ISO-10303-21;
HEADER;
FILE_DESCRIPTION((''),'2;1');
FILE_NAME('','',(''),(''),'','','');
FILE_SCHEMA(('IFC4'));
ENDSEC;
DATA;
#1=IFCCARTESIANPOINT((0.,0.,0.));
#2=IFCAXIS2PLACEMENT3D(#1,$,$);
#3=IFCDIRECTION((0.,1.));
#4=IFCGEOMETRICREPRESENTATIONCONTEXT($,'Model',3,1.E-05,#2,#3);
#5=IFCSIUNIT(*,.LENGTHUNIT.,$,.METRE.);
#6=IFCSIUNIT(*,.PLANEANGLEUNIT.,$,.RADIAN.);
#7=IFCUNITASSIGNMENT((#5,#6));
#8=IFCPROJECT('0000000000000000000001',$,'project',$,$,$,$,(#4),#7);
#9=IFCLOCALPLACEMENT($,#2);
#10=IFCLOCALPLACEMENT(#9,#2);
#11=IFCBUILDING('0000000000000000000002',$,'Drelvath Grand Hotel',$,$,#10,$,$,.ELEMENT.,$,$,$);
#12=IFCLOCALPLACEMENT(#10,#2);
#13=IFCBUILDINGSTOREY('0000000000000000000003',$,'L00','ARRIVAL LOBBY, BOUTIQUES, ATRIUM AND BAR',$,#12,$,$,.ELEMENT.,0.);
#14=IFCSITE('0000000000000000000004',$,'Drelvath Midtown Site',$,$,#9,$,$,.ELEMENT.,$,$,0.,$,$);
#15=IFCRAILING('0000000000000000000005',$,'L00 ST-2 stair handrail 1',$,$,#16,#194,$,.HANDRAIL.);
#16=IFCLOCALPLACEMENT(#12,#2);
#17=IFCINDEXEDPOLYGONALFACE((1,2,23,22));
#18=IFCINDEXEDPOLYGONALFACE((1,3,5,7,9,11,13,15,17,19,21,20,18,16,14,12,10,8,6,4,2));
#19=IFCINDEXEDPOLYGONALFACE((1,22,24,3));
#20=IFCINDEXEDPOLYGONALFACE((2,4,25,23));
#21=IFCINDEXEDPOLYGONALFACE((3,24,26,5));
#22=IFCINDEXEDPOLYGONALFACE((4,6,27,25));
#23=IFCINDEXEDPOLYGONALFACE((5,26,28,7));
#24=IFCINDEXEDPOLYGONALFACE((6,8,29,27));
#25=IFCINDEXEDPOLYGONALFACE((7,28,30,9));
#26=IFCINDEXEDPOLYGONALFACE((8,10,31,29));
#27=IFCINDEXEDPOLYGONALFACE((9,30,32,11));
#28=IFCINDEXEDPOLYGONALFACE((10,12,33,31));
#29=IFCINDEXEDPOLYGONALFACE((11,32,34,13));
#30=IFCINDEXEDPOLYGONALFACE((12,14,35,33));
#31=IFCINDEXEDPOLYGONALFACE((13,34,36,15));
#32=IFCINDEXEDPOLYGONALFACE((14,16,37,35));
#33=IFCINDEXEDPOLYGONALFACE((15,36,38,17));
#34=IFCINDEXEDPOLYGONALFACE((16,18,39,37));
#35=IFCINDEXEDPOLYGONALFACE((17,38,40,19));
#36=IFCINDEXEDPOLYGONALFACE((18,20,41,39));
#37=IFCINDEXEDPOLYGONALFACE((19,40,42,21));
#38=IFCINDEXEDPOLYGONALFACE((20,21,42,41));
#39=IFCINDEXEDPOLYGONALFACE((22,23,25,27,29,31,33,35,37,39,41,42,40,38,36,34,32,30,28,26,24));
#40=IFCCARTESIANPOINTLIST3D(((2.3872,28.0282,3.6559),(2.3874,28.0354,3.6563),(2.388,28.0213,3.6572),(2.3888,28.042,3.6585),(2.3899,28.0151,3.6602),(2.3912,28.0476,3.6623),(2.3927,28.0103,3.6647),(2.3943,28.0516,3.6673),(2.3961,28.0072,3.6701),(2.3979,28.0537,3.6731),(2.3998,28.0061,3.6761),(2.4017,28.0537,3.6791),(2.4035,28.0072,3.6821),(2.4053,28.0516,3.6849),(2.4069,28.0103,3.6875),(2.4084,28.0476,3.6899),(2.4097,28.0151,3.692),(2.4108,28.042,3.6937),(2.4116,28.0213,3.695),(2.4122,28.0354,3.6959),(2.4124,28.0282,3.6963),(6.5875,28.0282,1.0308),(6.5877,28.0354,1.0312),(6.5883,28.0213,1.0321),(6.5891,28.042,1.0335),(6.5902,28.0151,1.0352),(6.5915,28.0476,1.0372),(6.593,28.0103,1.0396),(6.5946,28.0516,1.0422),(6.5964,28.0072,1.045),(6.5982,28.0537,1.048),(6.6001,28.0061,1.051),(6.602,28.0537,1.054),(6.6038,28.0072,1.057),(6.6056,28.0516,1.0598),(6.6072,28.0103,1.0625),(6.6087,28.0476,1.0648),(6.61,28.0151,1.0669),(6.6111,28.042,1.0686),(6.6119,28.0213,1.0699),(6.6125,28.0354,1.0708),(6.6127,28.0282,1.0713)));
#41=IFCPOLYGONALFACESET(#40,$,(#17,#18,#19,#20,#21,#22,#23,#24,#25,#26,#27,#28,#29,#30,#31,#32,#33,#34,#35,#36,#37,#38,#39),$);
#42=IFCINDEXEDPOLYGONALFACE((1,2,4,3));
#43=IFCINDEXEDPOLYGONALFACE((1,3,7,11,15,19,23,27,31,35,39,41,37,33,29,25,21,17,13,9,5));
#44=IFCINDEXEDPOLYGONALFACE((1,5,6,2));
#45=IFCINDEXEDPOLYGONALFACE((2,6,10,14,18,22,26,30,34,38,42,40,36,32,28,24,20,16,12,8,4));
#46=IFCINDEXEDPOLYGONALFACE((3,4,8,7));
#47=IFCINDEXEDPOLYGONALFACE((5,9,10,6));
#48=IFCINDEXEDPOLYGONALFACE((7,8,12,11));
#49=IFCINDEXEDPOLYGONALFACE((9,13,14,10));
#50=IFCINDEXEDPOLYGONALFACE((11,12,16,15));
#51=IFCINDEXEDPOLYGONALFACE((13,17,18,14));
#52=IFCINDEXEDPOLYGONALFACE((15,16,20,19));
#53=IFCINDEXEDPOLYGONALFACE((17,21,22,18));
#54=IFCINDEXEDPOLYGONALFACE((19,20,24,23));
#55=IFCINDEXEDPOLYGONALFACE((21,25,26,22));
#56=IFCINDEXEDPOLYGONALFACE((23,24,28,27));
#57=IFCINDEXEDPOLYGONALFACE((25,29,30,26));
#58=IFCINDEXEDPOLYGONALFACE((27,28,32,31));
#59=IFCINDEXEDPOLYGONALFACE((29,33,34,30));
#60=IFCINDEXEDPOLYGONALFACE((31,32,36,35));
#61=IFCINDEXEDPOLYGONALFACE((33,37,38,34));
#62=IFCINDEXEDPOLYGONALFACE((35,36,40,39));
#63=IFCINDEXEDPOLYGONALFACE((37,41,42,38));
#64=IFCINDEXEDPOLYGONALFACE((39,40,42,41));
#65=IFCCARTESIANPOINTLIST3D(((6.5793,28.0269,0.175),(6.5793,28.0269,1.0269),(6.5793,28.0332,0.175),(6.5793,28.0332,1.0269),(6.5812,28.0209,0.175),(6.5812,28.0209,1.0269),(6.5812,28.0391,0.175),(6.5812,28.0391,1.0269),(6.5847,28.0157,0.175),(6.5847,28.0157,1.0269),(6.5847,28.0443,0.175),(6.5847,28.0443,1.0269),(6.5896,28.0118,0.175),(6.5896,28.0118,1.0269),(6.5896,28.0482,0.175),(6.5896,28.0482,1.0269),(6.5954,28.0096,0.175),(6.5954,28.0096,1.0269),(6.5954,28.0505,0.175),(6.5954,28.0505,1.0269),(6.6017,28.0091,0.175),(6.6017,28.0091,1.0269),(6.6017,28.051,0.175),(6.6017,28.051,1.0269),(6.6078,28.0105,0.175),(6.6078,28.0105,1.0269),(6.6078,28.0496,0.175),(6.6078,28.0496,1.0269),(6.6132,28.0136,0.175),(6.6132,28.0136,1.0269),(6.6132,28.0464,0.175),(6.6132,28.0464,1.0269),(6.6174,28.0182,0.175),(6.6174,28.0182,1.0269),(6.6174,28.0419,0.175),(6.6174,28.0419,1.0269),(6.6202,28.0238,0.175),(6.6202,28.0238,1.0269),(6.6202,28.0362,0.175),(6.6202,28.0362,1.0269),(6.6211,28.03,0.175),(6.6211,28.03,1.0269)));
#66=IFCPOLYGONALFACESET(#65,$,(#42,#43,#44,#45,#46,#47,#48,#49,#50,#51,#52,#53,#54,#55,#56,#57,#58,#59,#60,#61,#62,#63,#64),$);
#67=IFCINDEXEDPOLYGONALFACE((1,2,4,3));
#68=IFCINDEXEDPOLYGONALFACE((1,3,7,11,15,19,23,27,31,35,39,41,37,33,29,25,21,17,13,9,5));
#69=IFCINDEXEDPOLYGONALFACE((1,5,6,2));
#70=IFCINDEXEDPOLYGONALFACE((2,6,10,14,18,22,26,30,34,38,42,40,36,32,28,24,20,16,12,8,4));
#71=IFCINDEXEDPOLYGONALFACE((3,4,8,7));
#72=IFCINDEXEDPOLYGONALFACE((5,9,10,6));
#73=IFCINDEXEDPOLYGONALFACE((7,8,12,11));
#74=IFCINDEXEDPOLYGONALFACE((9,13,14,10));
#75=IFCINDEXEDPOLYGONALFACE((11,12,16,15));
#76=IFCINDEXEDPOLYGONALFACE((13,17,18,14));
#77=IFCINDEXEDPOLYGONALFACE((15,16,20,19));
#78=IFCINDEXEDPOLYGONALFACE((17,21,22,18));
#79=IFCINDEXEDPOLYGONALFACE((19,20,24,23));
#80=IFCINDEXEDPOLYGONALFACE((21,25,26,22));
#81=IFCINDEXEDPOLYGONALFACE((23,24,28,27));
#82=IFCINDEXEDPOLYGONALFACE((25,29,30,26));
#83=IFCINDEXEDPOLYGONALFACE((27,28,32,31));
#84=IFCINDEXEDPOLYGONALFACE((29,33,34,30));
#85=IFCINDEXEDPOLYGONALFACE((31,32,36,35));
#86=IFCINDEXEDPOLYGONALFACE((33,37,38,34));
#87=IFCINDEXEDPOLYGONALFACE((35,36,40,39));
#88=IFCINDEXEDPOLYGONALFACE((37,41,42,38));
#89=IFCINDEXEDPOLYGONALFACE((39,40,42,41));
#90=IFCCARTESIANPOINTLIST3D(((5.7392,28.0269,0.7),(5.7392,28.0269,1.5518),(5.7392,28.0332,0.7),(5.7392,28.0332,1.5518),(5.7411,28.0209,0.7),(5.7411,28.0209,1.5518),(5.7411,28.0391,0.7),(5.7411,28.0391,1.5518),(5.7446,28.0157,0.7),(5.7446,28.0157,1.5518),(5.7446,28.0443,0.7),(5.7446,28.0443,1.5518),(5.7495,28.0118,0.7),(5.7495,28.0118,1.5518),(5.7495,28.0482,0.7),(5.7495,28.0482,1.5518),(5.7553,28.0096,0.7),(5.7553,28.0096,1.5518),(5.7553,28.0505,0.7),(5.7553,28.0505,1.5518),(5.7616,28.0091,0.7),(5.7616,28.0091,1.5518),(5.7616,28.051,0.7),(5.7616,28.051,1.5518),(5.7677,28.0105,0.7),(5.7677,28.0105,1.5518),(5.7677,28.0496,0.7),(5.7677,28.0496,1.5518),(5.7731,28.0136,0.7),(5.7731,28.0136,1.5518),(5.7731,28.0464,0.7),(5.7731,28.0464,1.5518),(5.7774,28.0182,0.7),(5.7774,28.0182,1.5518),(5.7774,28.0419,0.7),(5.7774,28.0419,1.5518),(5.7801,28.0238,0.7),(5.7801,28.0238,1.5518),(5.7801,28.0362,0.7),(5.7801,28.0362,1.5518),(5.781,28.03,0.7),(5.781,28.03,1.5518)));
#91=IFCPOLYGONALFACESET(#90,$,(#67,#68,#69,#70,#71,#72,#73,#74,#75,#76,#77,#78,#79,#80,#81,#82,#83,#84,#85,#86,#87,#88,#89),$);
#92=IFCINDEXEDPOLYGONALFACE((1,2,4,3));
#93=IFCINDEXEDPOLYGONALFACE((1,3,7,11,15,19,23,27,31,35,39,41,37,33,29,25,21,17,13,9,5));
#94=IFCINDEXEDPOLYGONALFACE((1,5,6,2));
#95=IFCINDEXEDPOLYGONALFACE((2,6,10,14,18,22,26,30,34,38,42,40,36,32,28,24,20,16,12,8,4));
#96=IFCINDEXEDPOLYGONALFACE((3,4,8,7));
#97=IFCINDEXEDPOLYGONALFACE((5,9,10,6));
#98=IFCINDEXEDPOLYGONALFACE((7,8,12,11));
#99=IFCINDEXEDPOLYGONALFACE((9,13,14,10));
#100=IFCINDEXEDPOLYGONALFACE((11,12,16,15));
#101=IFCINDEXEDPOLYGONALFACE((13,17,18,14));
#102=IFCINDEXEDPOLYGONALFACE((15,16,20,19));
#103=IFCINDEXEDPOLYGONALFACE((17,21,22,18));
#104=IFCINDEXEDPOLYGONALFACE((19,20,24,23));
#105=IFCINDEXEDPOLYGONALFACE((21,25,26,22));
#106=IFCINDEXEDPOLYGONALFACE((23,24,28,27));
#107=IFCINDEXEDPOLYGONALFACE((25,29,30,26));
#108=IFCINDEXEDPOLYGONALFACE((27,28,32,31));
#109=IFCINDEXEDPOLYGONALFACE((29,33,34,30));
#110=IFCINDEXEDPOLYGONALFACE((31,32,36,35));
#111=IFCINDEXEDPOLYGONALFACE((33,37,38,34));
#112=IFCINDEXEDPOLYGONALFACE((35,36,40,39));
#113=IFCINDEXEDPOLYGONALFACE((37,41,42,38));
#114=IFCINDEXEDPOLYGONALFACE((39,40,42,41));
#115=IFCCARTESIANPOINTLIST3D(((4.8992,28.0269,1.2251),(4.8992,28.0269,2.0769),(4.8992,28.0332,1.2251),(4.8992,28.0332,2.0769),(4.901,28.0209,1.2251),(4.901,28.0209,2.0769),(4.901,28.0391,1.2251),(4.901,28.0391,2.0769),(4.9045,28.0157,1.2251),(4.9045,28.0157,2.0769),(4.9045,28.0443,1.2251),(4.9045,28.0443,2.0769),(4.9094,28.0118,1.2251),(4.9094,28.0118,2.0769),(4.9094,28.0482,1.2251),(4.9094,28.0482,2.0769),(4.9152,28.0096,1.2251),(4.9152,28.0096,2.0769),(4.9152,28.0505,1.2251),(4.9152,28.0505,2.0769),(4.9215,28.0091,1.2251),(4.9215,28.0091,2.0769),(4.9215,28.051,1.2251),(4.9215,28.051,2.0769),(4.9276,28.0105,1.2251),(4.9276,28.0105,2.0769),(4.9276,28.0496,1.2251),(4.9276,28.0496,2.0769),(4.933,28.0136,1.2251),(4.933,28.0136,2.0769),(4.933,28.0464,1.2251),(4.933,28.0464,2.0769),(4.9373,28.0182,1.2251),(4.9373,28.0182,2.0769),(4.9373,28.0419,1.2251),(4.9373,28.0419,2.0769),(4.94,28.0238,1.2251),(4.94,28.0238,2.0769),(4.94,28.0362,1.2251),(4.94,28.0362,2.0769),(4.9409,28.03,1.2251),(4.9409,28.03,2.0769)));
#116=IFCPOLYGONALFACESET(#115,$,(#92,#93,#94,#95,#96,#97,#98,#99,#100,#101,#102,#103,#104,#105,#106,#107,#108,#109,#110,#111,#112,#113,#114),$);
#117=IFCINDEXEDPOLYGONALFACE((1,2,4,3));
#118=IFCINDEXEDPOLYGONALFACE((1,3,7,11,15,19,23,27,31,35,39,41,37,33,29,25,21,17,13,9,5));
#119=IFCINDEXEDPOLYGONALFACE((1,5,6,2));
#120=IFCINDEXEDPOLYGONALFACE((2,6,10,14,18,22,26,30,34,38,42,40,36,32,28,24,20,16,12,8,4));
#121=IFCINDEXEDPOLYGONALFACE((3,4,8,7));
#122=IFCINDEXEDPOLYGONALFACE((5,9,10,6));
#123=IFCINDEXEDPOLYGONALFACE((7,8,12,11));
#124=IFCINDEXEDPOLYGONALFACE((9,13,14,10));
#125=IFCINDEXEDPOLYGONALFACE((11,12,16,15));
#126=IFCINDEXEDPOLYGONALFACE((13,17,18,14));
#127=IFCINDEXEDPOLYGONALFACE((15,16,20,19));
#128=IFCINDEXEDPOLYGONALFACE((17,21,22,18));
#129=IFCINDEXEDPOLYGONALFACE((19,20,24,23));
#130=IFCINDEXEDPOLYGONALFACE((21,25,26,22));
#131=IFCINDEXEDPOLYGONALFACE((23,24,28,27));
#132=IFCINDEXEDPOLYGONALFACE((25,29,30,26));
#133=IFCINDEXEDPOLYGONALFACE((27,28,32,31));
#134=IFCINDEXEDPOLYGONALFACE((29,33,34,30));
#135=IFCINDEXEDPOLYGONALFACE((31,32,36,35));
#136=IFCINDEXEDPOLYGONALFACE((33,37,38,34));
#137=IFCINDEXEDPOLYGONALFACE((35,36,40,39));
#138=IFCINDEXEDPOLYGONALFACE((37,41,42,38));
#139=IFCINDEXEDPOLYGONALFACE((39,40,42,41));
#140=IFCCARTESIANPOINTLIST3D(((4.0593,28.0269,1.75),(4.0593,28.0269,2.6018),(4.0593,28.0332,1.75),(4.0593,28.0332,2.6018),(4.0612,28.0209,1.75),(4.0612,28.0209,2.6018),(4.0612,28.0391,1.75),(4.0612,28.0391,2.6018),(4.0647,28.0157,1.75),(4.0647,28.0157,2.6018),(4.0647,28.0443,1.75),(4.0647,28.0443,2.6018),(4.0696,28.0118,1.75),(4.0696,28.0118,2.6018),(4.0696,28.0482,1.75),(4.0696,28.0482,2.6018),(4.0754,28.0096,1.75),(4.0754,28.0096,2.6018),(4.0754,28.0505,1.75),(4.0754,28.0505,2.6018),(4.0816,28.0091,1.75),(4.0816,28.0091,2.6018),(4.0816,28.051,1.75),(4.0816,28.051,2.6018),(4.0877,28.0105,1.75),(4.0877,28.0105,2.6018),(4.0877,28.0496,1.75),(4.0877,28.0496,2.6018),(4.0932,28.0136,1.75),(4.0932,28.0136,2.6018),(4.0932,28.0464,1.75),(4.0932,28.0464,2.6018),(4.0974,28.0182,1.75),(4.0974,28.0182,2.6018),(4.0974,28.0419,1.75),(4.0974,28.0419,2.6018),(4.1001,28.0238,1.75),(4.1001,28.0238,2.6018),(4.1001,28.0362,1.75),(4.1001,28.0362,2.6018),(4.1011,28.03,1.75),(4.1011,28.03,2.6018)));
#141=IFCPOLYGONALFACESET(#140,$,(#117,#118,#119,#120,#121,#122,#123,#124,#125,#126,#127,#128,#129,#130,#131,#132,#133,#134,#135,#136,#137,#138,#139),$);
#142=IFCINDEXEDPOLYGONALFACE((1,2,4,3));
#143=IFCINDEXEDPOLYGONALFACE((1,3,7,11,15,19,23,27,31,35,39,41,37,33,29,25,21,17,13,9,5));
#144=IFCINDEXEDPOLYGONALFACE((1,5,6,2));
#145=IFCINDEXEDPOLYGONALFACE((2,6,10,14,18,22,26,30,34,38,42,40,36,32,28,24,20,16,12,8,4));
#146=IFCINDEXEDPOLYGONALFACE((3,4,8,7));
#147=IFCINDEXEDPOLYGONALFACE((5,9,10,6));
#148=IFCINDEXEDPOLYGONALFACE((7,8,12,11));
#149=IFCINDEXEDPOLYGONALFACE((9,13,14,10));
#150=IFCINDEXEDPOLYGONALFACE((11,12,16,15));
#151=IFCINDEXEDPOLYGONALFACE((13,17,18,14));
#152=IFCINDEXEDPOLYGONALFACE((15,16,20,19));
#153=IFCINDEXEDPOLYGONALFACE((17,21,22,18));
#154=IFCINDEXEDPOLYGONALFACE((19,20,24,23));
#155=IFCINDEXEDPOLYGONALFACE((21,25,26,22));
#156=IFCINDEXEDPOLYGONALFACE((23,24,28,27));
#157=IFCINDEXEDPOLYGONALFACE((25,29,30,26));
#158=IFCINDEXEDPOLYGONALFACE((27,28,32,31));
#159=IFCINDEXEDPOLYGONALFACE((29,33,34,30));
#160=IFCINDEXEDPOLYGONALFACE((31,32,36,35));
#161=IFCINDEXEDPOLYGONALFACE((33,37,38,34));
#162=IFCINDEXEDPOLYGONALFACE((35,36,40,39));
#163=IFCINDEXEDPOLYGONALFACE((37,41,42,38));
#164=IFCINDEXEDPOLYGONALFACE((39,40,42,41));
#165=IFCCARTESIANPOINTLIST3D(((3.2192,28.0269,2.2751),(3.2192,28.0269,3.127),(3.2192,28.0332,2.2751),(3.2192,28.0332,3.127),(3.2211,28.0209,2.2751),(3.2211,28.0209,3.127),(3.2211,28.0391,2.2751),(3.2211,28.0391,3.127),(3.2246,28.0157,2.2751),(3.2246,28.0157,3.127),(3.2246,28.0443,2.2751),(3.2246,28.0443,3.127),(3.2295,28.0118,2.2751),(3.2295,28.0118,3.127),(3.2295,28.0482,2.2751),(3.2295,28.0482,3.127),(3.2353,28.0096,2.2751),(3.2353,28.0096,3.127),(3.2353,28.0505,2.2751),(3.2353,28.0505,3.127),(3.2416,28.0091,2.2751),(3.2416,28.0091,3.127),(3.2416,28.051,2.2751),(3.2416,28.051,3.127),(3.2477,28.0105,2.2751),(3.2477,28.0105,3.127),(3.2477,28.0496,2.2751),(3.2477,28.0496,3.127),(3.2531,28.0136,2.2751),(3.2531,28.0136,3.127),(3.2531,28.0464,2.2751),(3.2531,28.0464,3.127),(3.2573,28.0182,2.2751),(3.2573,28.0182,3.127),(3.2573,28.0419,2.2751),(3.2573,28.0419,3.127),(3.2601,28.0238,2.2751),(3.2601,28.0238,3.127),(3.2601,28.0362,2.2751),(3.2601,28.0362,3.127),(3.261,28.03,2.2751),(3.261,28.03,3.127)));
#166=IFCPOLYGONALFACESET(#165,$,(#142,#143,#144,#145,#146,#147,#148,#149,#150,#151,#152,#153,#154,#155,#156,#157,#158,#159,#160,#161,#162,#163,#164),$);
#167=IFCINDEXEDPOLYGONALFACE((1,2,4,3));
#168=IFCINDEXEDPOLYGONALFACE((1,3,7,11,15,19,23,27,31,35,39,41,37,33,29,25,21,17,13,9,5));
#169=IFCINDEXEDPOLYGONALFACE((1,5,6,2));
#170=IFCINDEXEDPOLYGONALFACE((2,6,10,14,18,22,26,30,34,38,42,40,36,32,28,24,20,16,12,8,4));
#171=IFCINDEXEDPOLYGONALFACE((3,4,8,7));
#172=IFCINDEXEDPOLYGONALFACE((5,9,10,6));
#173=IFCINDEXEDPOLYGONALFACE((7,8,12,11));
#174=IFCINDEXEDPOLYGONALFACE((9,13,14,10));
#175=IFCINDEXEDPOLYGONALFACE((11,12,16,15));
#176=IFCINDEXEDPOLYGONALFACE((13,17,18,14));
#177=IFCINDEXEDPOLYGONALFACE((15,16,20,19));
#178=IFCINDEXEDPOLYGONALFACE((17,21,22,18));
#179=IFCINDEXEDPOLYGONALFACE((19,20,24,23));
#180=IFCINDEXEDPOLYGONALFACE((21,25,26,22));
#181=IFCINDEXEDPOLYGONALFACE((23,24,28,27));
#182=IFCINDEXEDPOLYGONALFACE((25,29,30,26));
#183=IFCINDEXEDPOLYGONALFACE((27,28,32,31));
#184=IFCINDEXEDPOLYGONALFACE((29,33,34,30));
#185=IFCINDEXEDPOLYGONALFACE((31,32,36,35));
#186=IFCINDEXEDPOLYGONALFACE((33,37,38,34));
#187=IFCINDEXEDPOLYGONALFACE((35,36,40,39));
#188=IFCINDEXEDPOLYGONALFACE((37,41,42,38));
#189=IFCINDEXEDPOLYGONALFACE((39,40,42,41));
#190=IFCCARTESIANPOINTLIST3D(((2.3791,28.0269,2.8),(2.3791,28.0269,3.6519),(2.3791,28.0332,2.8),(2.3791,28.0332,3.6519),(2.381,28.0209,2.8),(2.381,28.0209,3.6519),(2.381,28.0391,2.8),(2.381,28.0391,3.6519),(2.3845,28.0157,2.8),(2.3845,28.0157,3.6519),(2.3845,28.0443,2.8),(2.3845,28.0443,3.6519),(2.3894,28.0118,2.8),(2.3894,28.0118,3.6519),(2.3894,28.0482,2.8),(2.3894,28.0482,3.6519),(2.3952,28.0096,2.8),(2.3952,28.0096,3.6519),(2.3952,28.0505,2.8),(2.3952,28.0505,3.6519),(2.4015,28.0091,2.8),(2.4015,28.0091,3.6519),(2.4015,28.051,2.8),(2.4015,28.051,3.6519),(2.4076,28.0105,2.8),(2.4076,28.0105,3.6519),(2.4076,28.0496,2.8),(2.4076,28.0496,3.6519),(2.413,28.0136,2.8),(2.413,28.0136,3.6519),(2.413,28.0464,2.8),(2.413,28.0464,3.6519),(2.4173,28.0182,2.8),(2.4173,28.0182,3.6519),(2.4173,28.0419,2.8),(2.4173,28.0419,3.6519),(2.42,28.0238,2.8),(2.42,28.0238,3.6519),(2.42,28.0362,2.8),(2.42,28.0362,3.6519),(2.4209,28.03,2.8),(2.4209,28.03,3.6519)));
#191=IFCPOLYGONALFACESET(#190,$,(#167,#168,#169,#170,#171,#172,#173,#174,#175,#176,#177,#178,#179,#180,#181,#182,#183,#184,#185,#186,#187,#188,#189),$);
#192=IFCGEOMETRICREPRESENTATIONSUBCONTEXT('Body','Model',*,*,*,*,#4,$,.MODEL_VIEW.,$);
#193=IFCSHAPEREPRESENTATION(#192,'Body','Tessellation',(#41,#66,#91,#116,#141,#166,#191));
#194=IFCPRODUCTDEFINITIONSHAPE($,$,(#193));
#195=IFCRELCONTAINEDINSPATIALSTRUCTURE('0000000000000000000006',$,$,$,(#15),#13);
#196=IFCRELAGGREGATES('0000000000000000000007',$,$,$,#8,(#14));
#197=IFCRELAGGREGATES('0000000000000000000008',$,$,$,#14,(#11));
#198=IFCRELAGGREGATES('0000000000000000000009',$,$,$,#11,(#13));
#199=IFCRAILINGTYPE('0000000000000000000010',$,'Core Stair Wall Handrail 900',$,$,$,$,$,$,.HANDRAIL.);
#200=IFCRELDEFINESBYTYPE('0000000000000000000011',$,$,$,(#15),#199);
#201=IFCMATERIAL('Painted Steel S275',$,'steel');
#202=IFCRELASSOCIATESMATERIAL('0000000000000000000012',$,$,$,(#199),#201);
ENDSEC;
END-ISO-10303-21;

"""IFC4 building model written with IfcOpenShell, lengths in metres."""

from ifc_helpers import new_model, si_unit, direction, frame, origin, origin_2d, place, context, subcontext, project, spatial, circle, extrude, material, type_object, element, save


model = new_model("IFC4")

# Units and contexts
model_context = context("Model", 3, precision=1e-05, world=origin(), true_north=direction((0.0, 1.0)))
body_context = subcontext(model_context, "Body", "Model", "MODEL_VIEW")
ifc_project = project(units=[si_unit("LENGTHUNIT", "METRE"), si_unit("PLANEANGLEUNIT", "RADIAN")], contexts=[model_context])

# Site, building, storey
site_placement = place(None, origin())
site = spatial("IfcSite", under=ifc_project, at=site_placement, Name="Drelvath Midtown Site", CompositionType="ELEMENT", RefElevation=0.0)
building_placement = place(site_placement, origin())
building = spatial("IfcBuilding", under=site, at=building_placement, Name="Drelvath Grand Hotel", CompositionType="ELEMENT")
storey_placement = place(building_placement, origin())
storey = spatial("IfcBuildingStorey", under=building, at=storey_placement, Name="L00", Description="ARRIVAL LOBBY, BOUTIQUES, ATRIUM AND BAR", CompositionType="ELEMENT", Elevation=0.0)

# Shared definitions
ifc_material_1 = material(Name="Painted Steel S275", Category="steel")

# Railing
railing_type_1 = type_object("IfcRailingType", Name="Core Stair Wall Handrail 900", PredefinedType="HANDRAIL", material=ifc_material_1)
railing_1_placement = place(storey_placement, frame((6.6001, 28.03, 0.175)))
element("IfcRailing", 1, at=railing_1_placement, inside=storey, type_object=railing_type_1, Name="L00 ST-2 stair handrail 1", PredefinedType="HANDRAIL", context=body_context, shape_type="SweptSolid", body=[
    extrude(circle(Radius=0.0239, at=origin_2d()), frame((0.0, 0.0, 0.876), z_axis=(-0.848009, 0.0, 0.529981), x_axis=(0.0, -1.0, 0.0)), (0.0, 0.0, 1.0), 4.9531),
    extrude(circle(Radius=0.021, at=origin_2d()), origin(), (0.0, 0.0, 1.0), 0.8518),
    extrude(circle(Radius=0.021, at=origin_2d()), frame((-0.8401, 0.0, 0.5249)), (0.0, 0.0, 1.0), 0.8518),
    extrude(circle(Radius=0.021, at=origin_2d()), frame((-1.6802, 0.0, 1.05)), (0.0, 0.0, 1.0), 0.8518),
    extrude(circle(Radius=0.021, at=origin_2d()), frame((-2.52, 0.0, 1.575)), (0.0, 0.0, 1.0), 0.8518),
    extrude(circle(Radius=0.021, at=origin_2d()), frame((-3.3601, 0.0, 2.1001)), (0.0, 0.0, 1.0), 0.8518),
    extrude(circle(Radius=0.021, at=origin_2d()), frame((-4.2002, 0.0, 2.625)), (0.0, 0.0, 1.0), 0.8518),
])

save(model, "model.ifc")
